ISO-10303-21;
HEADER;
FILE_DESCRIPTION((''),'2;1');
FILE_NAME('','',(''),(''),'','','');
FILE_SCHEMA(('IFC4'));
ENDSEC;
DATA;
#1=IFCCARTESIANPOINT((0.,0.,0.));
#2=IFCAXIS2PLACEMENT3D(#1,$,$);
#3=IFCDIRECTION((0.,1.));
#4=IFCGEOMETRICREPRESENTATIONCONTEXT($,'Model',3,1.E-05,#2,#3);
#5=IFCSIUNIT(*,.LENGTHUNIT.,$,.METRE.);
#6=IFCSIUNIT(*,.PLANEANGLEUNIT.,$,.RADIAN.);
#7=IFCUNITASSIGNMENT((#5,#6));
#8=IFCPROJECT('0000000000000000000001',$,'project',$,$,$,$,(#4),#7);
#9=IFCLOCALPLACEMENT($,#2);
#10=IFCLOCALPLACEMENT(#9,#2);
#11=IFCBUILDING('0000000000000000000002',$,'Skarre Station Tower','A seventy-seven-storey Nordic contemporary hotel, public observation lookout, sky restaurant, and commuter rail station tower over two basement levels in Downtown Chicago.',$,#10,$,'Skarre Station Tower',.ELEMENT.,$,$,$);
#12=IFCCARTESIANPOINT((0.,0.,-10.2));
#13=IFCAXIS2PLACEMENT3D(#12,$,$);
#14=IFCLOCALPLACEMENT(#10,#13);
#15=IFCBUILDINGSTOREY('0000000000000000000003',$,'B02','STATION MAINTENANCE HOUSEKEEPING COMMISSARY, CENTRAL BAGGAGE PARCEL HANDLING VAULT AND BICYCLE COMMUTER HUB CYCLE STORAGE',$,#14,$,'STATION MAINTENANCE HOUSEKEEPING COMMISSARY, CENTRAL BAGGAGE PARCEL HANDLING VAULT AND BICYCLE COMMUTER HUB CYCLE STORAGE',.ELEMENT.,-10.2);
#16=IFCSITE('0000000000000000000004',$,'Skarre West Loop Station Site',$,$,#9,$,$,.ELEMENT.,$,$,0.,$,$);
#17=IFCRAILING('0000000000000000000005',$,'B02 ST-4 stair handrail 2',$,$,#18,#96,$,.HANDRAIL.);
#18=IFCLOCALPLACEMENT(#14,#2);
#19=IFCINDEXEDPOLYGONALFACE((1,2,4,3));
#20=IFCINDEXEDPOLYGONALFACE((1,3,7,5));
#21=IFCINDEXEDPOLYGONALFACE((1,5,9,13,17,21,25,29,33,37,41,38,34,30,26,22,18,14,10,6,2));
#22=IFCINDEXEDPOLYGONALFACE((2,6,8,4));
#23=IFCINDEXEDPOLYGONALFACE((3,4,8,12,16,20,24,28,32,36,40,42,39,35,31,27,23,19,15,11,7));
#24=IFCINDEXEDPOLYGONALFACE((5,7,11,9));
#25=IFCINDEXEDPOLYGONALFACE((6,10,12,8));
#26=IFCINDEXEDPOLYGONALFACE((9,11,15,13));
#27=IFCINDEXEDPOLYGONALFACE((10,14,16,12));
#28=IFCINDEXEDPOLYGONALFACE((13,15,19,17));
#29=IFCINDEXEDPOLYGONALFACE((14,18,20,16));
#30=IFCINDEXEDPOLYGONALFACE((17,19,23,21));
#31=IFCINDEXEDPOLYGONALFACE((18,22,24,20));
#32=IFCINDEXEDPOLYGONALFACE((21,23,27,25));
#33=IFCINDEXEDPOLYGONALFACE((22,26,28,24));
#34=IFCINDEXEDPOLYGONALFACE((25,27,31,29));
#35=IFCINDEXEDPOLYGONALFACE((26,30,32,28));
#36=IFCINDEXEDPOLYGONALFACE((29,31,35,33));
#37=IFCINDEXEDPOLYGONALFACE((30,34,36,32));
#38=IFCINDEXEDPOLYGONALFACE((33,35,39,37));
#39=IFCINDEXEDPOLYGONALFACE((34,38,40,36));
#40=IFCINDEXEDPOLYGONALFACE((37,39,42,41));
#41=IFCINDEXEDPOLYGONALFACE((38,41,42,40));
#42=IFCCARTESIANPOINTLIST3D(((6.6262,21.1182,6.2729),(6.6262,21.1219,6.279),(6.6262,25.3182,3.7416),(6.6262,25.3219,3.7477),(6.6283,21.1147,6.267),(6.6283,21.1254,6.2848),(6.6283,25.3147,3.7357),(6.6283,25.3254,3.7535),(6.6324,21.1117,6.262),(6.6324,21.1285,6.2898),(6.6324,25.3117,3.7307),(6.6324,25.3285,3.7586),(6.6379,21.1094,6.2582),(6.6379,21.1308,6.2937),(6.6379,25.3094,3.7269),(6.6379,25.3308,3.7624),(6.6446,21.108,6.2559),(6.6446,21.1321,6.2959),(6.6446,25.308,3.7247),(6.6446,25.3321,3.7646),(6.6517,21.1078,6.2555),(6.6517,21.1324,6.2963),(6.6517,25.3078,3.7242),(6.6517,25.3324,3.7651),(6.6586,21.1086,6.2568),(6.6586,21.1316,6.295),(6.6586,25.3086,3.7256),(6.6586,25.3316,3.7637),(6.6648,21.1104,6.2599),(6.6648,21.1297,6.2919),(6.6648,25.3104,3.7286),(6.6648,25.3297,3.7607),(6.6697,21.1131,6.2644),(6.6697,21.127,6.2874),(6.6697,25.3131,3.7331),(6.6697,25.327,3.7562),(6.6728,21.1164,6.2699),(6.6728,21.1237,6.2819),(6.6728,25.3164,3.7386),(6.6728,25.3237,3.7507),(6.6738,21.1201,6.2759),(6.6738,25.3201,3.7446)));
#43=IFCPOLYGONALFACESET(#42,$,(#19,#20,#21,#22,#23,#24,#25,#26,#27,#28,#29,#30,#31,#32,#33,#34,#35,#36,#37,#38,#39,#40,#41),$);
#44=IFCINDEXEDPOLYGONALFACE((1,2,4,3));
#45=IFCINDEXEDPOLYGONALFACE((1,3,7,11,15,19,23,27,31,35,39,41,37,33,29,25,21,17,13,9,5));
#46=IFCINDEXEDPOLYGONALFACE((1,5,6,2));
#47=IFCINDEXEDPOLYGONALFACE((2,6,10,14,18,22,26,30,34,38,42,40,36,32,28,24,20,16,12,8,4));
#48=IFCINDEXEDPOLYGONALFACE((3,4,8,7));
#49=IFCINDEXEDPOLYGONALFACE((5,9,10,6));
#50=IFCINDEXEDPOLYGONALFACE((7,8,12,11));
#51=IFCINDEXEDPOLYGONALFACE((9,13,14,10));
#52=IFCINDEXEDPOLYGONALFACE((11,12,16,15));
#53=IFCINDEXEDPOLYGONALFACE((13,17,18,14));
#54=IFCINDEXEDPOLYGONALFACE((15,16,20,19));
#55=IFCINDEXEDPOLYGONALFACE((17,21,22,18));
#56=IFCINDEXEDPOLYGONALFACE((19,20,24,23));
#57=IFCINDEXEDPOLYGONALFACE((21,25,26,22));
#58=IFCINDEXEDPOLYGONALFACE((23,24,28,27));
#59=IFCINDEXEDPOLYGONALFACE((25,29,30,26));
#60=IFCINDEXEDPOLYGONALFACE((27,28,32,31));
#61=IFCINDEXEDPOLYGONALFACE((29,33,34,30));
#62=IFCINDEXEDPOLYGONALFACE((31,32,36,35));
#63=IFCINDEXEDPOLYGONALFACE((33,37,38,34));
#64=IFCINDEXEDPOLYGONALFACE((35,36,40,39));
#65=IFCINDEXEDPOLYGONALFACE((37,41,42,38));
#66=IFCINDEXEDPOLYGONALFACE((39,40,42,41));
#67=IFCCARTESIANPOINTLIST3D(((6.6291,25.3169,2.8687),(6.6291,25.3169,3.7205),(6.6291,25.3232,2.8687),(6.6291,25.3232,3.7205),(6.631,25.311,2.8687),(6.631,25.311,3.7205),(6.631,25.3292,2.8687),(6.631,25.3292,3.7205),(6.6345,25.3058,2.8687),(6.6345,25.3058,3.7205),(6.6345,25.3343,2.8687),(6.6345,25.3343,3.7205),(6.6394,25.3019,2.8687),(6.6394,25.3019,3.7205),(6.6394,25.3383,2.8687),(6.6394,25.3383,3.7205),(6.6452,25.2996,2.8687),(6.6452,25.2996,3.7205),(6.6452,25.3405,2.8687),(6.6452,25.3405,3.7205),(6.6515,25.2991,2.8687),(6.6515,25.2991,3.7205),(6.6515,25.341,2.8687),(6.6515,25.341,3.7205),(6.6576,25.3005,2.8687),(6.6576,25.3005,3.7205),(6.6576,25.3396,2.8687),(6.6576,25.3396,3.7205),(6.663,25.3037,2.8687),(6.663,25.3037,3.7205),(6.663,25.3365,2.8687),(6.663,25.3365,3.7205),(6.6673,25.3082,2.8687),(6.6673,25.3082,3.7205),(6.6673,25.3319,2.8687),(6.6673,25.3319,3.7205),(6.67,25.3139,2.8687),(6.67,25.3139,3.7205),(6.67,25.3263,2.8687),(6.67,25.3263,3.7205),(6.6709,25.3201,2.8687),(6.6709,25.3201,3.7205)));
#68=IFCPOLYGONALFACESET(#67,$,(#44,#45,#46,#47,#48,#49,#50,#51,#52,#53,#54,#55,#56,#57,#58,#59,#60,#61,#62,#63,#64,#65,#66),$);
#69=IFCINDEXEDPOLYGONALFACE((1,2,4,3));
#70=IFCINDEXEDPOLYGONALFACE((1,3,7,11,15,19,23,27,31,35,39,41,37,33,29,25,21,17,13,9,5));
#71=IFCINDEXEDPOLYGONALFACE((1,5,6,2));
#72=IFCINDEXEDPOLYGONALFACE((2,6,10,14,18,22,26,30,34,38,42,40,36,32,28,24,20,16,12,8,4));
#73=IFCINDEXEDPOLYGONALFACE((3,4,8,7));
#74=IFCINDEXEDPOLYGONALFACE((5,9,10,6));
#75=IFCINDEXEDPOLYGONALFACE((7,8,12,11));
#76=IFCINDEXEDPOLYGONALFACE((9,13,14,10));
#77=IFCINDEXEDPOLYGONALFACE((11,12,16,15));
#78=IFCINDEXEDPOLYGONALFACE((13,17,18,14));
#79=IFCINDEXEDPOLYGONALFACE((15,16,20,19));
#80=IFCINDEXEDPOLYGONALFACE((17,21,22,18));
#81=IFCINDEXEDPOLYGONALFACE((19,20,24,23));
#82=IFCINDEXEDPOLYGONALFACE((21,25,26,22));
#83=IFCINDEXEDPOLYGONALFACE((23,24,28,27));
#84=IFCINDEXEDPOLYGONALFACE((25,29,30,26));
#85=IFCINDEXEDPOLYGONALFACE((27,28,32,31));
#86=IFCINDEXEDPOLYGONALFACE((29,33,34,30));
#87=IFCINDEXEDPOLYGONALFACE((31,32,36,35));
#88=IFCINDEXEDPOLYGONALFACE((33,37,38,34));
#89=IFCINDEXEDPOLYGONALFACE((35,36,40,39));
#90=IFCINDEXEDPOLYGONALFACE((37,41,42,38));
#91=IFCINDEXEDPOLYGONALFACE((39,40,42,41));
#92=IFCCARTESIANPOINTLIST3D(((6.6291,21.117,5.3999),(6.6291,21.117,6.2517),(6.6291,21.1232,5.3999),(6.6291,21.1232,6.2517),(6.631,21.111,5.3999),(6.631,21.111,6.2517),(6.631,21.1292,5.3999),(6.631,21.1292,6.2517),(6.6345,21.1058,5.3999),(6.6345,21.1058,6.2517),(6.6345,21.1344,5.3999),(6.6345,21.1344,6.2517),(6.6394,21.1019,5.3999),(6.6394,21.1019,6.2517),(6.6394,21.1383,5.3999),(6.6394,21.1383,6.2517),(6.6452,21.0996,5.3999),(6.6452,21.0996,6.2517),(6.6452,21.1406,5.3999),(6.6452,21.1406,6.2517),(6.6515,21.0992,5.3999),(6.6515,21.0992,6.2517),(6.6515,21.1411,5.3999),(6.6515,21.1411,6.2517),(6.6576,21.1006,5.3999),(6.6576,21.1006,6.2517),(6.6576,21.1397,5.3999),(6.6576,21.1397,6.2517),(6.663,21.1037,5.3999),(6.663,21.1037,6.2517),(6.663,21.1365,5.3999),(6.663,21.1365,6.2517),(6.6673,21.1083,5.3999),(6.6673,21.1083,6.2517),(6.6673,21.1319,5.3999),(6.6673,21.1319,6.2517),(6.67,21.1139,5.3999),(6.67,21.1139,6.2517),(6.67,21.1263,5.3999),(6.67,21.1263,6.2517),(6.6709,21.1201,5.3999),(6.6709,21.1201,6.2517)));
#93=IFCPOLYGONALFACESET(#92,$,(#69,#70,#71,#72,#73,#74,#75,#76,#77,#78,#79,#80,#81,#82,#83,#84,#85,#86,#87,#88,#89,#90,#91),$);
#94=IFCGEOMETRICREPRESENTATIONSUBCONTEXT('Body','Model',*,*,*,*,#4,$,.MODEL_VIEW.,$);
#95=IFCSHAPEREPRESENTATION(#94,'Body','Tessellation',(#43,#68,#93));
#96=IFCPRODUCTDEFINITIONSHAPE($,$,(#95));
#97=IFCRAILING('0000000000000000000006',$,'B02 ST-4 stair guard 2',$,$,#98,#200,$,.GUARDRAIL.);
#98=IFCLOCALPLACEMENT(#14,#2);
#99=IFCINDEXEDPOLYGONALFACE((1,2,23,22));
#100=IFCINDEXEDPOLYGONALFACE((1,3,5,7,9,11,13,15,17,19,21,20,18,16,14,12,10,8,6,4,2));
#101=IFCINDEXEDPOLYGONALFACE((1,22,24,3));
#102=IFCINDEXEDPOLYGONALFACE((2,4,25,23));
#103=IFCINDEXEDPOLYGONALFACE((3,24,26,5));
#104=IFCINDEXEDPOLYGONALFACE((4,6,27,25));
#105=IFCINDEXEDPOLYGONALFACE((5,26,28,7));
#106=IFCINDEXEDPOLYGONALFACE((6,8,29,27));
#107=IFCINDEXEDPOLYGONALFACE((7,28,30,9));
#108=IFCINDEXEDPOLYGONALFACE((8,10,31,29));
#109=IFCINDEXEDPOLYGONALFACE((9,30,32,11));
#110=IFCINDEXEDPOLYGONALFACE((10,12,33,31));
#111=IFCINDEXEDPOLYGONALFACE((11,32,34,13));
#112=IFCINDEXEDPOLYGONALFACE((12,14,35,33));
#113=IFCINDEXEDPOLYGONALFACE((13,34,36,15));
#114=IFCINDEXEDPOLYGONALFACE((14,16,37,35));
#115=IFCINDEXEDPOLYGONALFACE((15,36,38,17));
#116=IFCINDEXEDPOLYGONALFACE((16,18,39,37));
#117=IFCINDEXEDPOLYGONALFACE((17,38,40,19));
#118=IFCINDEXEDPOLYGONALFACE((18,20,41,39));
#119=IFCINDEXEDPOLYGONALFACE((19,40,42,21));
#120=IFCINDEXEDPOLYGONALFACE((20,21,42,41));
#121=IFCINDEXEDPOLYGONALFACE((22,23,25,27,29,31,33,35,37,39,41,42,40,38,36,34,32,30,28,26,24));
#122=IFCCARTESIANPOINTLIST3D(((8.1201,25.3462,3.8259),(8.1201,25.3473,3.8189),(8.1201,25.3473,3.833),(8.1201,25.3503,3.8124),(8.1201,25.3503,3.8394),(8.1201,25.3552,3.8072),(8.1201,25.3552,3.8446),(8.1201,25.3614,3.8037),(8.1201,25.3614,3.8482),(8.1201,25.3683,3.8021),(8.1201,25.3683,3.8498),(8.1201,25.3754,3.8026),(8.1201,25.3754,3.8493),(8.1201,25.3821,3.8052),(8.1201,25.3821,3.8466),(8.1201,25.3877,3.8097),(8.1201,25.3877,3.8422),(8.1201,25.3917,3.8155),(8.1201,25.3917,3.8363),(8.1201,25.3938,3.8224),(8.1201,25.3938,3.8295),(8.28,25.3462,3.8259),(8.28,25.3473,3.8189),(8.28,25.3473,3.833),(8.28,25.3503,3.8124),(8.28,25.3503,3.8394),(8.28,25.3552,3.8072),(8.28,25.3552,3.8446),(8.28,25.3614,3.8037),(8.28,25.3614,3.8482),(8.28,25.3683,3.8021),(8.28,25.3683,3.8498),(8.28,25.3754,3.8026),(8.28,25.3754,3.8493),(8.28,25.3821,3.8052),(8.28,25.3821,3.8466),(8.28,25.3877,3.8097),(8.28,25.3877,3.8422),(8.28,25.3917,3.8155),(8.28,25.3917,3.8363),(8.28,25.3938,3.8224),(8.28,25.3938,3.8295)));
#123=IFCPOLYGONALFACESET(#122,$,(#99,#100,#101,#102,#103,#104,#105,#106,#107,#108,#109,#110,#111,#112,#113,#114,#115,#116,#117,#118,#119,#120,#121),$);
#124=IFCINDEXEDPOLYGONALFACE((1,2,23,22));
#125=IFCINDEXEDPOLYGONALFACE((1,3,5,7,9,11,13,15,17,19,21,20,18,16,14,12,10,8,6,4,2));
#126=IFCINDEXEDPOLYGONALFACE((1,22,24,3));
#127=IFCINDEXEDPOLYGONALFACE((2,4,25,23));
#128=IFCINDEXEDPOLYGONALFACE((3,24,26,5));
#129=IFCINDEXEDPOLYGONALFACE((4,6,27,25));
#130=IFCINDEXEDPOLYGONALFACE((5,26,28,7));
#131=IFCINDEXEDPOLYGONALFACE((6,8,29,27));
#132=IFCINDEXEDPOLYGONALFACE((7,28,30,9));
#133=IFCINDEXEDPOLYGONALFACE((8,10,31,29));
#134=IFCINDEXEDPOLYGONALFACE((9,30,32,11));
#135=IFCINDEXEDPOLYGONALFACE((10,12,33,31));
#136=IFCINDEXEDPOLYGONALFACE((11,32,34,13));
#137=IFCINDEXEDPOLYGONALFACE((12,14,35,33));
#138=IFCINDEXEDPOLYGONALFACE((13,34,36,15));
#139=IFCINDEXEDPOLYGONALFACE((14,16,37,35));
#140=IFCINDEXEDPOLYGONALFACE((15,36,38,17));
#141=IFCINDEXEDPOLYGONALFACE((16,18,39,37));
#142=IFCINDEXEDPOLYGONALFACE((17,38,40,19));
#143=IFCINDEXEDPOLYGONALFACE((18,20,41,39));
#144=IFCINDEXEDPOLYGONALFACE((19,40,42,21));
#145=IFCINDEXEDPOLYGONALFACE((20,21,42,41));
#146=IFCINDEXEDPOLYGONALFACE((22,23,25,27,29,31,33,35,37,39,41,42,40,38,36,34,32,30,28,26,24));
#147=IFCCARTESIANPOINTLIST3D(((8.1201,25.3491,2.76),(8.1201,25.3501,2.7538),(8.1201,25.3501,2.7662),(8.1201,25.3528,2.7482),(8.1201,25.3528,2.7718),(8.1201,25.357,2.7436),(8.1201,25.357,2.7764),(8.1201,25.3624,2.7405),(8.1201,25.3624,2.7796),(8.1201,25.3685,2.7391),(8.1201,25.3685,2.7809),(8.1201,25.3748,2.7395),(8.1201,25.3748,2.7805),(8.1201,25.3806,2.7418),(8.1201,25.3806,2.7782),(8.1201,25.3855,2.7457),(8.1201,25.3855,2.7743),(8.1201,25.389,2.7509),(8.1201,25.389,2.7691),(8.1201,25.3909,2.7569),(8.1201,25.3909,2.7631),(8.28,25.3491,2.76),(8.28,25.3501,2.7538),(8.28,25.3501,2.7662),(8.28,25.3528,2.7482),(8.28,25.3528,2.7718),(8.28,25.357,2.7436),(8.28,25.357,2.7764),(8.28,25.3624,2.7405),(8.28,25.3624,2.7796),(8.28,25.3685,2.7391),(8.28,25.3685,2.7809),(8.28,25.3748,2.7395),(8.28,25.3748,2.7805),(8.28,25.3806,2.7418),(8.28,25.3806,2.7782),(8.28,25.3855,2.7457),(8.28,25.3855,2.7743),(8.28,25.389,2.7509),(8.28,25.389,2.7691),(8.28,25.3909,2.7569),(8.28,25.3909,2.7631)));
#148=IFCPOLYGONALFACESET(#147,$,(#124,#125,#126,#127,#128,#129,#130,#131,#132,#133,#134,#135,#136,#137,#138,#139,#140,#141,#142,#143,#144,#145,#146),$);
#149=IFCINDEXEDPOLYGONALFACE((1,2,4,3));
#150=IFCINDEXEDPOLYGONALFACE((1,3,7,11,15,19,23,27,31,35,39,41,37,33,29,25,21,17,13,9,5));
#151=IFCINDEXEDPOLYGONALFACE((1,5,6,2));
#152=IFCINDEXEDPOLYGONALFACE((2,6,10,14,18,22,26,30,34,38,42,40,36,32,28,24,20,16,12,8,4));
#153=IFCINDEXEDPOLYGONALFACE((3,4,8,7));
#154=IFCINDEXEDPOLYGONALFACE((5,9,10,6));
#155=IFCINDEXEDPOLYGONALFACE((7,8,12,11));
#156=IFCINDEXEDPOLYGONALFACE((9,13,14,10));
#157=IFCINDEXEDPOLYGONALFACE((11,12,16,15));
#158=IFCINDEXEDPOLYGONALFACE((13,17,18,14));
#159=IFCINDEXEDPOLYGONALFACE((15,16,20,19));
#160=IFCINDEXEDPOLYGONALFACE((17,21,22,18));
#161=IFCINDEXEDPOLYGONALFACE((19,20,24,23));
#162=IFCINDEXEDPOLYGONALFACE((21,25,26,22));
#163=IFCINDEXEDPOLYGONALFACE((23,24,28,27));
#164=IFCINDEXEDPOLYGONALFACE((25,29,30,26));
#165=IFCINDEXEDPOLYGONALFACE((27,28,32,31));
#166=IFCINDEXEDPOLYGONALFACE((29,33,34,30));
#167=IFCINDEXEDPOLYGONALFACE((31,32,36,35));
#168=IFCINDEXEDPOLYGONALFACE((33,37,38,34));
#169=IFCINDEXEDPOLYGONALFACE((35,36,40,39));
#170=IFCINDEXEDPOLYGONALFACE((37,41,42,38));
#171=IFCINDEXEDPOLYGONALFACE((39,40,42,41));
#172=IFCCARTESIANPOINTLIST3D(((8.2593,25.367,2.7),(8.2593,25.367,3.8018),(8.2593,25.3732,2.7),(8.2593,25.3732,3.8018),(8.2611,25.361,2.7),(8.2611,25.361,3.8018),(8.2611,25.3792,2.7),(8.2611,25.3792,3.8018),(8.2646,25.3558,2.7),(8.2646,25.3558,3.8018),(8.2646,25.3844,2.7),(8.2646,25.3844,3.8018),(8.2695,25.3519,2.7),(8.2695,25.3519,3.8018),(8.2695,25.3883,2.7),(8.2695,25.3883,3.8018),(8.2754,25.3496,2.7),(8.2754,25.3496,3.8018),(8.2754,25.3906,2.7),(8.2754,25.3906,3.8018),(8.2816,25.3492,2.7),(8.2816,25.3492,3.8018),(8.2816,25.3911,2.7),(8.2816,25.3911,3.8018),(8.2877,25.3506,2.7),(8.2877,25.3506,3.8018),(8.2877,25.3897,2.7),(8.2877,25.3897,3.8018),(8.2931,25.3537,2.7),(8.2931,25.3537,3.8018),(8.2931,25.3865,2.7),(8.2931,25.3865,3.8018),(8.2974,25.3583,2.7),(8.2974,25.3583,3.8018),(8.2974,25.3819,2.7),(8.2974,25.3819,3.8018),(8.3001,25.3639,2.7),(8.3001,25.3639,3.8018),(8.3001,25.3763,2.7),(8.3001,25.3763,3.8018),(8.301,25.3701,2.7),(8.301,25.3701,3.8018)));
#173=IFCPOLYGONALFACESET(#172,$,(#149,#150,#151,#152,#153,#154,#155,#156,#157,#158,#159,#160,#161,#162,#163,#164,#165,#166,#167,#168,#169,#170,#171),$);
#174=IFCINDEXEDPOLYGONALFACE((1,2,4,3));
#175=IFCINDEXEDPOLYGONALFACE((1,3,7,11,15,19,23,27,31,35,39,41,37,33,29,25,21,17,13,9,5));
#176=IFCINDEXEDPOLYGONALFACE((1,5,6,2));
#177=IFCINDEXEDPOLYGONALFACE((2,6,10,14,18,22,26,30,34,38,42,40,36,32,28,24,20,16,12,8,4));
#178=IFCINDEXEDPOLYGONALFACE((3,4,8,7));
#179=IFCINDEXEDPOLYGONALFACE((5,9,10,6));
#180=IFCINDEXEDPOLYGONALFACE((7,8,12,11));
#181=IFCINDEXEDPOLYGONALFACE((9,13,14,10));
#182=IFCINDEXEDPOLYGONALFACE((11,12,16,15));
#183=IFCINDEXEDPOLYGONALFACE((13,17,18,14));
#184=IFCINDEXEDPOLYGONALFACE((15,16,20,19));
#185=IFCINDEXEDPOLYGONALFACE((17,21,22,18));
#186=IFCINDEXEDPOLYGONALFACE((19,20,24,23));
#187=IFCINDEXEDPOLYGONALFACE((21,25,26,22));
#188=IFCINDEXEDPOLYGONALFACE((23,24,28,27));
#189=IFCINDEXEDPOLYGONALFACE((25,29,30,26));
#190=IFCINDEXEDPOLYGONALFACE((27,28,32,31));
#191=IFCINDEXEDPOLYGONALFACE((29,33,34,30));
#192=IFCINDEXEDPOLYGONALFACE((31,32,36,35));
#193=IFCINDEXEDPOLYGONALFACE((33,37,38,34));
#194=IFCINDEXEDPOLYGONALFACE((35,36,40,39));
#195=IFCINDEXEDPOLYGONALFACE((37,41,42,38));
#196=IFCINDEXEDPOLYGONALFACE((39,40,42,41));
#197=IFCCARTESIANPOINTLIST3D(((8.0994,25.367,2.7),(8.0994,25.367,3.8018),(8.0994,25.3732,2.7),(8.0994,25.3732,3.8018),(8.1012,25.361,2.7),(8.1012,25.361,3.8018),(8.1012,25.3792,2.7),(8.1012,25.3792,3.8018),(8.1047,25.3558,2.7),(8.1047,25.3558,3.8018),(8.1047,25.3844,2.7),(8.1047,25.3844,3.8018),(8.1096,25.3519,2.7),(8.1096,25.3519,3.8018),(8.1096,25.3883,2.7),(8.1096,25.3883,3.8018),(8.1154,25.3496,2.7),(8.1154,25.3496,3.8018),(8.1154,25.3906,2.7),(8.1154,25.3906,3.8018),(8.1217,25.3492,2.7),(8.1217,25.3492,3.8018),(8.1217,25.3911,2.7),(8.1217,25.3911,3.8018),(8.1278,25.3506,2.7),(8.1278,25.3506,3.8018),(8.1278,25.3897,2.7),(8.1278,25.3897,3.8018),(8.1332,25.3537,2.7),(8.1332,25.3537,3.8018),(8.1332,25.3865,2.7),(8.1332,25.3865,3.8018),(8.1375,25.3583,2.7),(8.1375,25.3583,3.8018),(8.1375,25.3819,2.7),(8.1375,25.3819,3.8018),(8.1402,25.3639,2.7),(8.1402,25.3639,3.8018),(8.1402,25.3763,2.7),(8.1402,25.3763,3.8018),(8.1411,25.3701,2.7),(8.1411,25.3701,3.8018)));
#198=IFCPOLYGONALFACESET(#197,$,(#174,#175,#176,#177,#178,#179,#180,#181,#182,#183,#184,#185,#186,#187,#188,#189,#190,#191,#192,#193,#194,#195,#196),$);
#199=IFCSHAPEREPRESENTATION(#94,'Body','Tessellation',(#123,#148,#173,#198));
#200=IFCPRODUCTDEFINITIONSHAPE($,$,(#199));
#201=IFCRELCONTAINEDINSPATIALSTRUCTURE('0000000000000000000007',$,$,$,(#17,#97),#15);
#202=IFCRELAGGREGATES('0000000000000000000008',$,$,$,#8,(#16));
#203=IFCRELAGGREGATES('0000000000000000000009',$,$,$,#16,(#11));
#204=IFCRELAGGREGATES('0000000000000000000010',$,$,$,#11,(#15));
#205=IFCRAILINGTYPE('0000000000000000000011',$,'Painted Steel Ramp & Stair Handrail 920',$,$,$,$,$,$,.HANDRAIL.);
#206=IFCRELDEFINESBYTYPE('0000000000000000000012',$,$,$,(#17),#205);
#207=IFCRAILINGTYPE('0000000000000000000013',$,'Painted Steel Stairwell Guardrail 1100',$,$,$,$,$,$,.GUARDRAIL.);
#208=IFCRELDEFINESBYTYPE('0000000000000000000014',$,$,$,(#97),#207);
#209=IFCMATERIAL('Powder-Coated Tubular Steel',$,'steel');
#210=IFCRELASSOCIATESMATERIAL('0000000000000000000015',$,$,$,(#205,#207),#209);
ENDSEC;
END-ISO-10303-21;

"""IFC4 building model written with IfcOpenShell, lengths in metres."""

from ifc_helpers import new_model, si_unit, direction, frame, origin, origin_2d, place, context, subcontext, project, spatial, circle, extrude, material, type_object, element, save


model = new_model("IFC4")

# Units and contexts
model_context = context("Model", 3, precision=1e-05, world=origin(), true_north=direction((0.0, 1.0)))
body_context = subcontext(model_context, "Body", "Model", "MODEL_VIEW")
ifc_project = project(units=[si_unit("LENGTHUNIT", "METRE"), si_unit("PLANEANGLEUNIT", "RADIAN")], contexts=[model_context])

# Site, building, storey
site_placement = place(None, origin())
site = spatial("IfcSite", under=ifc_project, at=site_placement, Name="Skarre West Loop Station Site", CompositionType="ELEMENT", RefElevation=0.0)
building_placement = place(site_placement, origin())
building = spatial("IfcBuilding", under=site, at=building_placement, Name="Skarre Station Tower", Description="A seventy-seven-storey Nordic contemporary hotel, public observation lookout, sky restaurant, and commuter rail station tower over two basement levels in Downtown Chicago.", LongName="Skarre Station Tower", CompositionType="ELEMENT")
storey_placement = place(building_placement, frame((0.0, 0.0, -10.2)))
storey = spatial("IfcBuildingStorey", under=building, at=storey_placement, Name="B02", Description="STATION MAINTENANCE HOUSEKEEPING COMMISSARY, CENTRAL BAGGAGE PARCEL HANDLING VAULT AND BICYCLE COMMUTER HUB CYCLE STORAGE", LongName="STATION MAINTENANCE HOUSEKEEPING COMMISSARY, CENTRAL BAGGAGE PARCEL HANDLING VAULT AND BICYCLE COMMUTER HUB CYCLE STORAGE", CompositionType="ELEMENT", Elevation=-10.2)

# Railings
ifc_material_1 = material(Name="Powder-Coated Tubular Steel", Category="steel")
railing_type_1 = type_object("IfcRailingType", Name="Painted Steel Ramp & Stair Handrail 920", PredefinedType="HANDRAIL", material=ifc_material_1)
railing_1_placement = place(storey_placement, frame((6.6499, 25.3201, 2.8687)))
element("IfcRailing", 1, at=railing_1_placement, inside=storey, type_object=railing_type_1, Name="B02 ST-4 stair handrail 2", PredefinedType="HANDRAIL", context=body_context, shape_type="SweptSolid", body=[
    extrude(circle(Radius=0.0239, at=origin_2d()), frame((0.0, 0.0, 0.876), z_axis=(0.0, -0.856476, 0.516186), x_axis=(1.0, 0.0, 0.0)), (0.0, 0.0, 1.0), 4.9038),
    extrude(circle(Radius=0.021, at=origin_2d()), origin(), (0.0, 0.0, 1.0), 0.8518),
    extrude(circle(Radius=0.021, at=origin_2d()), frame((0.0, -4.2, 2.5312)), (0.0, 0.0, 1.0), 0.8518),
])
railing_type_2 = type_object("IfcRailingType", Name="Painted Steel Stairwell Guardrail 1100", PredefinedType="GUARDRAIL", material=ifc_material_1)
railing_2_placement = place(storey_placement, frame((8.28, 25.3701, 2.7)))
element("IfcRailing", 2, at=railing_2_placement, inside=storey, type_object=railing_type_2, Name="B02 ST-4 stair guard 2", PredefinedType="GUARDRAIL", context=body_context, shape_type="SweptSolid", body=[
    extrude(circle(Radius=0.0239, at=origin_2d()), frame((0.0, 0.0, 1.126), z_axis=(-1.0, 0.0, 0.0), x_axis=(0.0, -1.0, 0.0)), (0.0, 0.0, 1.0), 0.1599),
    extrude(circle(Radius=0.021, at=origin_2d()), frame((0.0, 0.0, 0.0601), z_axis=(-1.0, 0.0, 0.0), x_axis=(0.0, -1.0, 0.0)), (0.0, 0.0, 1.0), 0.1599),
    extrude(circle(Radius=0.021, at=origin_2d()), origin(), (0.0, 0.0, 1.0), 1.1018),
    extrude(circle(Radius=0.021, at=origin_2d()), frame((-0.1599, 0.0, 0.0)), (0.0, 0.0, 1.0), 1.1018),
])

save(model, "model.ifc")
